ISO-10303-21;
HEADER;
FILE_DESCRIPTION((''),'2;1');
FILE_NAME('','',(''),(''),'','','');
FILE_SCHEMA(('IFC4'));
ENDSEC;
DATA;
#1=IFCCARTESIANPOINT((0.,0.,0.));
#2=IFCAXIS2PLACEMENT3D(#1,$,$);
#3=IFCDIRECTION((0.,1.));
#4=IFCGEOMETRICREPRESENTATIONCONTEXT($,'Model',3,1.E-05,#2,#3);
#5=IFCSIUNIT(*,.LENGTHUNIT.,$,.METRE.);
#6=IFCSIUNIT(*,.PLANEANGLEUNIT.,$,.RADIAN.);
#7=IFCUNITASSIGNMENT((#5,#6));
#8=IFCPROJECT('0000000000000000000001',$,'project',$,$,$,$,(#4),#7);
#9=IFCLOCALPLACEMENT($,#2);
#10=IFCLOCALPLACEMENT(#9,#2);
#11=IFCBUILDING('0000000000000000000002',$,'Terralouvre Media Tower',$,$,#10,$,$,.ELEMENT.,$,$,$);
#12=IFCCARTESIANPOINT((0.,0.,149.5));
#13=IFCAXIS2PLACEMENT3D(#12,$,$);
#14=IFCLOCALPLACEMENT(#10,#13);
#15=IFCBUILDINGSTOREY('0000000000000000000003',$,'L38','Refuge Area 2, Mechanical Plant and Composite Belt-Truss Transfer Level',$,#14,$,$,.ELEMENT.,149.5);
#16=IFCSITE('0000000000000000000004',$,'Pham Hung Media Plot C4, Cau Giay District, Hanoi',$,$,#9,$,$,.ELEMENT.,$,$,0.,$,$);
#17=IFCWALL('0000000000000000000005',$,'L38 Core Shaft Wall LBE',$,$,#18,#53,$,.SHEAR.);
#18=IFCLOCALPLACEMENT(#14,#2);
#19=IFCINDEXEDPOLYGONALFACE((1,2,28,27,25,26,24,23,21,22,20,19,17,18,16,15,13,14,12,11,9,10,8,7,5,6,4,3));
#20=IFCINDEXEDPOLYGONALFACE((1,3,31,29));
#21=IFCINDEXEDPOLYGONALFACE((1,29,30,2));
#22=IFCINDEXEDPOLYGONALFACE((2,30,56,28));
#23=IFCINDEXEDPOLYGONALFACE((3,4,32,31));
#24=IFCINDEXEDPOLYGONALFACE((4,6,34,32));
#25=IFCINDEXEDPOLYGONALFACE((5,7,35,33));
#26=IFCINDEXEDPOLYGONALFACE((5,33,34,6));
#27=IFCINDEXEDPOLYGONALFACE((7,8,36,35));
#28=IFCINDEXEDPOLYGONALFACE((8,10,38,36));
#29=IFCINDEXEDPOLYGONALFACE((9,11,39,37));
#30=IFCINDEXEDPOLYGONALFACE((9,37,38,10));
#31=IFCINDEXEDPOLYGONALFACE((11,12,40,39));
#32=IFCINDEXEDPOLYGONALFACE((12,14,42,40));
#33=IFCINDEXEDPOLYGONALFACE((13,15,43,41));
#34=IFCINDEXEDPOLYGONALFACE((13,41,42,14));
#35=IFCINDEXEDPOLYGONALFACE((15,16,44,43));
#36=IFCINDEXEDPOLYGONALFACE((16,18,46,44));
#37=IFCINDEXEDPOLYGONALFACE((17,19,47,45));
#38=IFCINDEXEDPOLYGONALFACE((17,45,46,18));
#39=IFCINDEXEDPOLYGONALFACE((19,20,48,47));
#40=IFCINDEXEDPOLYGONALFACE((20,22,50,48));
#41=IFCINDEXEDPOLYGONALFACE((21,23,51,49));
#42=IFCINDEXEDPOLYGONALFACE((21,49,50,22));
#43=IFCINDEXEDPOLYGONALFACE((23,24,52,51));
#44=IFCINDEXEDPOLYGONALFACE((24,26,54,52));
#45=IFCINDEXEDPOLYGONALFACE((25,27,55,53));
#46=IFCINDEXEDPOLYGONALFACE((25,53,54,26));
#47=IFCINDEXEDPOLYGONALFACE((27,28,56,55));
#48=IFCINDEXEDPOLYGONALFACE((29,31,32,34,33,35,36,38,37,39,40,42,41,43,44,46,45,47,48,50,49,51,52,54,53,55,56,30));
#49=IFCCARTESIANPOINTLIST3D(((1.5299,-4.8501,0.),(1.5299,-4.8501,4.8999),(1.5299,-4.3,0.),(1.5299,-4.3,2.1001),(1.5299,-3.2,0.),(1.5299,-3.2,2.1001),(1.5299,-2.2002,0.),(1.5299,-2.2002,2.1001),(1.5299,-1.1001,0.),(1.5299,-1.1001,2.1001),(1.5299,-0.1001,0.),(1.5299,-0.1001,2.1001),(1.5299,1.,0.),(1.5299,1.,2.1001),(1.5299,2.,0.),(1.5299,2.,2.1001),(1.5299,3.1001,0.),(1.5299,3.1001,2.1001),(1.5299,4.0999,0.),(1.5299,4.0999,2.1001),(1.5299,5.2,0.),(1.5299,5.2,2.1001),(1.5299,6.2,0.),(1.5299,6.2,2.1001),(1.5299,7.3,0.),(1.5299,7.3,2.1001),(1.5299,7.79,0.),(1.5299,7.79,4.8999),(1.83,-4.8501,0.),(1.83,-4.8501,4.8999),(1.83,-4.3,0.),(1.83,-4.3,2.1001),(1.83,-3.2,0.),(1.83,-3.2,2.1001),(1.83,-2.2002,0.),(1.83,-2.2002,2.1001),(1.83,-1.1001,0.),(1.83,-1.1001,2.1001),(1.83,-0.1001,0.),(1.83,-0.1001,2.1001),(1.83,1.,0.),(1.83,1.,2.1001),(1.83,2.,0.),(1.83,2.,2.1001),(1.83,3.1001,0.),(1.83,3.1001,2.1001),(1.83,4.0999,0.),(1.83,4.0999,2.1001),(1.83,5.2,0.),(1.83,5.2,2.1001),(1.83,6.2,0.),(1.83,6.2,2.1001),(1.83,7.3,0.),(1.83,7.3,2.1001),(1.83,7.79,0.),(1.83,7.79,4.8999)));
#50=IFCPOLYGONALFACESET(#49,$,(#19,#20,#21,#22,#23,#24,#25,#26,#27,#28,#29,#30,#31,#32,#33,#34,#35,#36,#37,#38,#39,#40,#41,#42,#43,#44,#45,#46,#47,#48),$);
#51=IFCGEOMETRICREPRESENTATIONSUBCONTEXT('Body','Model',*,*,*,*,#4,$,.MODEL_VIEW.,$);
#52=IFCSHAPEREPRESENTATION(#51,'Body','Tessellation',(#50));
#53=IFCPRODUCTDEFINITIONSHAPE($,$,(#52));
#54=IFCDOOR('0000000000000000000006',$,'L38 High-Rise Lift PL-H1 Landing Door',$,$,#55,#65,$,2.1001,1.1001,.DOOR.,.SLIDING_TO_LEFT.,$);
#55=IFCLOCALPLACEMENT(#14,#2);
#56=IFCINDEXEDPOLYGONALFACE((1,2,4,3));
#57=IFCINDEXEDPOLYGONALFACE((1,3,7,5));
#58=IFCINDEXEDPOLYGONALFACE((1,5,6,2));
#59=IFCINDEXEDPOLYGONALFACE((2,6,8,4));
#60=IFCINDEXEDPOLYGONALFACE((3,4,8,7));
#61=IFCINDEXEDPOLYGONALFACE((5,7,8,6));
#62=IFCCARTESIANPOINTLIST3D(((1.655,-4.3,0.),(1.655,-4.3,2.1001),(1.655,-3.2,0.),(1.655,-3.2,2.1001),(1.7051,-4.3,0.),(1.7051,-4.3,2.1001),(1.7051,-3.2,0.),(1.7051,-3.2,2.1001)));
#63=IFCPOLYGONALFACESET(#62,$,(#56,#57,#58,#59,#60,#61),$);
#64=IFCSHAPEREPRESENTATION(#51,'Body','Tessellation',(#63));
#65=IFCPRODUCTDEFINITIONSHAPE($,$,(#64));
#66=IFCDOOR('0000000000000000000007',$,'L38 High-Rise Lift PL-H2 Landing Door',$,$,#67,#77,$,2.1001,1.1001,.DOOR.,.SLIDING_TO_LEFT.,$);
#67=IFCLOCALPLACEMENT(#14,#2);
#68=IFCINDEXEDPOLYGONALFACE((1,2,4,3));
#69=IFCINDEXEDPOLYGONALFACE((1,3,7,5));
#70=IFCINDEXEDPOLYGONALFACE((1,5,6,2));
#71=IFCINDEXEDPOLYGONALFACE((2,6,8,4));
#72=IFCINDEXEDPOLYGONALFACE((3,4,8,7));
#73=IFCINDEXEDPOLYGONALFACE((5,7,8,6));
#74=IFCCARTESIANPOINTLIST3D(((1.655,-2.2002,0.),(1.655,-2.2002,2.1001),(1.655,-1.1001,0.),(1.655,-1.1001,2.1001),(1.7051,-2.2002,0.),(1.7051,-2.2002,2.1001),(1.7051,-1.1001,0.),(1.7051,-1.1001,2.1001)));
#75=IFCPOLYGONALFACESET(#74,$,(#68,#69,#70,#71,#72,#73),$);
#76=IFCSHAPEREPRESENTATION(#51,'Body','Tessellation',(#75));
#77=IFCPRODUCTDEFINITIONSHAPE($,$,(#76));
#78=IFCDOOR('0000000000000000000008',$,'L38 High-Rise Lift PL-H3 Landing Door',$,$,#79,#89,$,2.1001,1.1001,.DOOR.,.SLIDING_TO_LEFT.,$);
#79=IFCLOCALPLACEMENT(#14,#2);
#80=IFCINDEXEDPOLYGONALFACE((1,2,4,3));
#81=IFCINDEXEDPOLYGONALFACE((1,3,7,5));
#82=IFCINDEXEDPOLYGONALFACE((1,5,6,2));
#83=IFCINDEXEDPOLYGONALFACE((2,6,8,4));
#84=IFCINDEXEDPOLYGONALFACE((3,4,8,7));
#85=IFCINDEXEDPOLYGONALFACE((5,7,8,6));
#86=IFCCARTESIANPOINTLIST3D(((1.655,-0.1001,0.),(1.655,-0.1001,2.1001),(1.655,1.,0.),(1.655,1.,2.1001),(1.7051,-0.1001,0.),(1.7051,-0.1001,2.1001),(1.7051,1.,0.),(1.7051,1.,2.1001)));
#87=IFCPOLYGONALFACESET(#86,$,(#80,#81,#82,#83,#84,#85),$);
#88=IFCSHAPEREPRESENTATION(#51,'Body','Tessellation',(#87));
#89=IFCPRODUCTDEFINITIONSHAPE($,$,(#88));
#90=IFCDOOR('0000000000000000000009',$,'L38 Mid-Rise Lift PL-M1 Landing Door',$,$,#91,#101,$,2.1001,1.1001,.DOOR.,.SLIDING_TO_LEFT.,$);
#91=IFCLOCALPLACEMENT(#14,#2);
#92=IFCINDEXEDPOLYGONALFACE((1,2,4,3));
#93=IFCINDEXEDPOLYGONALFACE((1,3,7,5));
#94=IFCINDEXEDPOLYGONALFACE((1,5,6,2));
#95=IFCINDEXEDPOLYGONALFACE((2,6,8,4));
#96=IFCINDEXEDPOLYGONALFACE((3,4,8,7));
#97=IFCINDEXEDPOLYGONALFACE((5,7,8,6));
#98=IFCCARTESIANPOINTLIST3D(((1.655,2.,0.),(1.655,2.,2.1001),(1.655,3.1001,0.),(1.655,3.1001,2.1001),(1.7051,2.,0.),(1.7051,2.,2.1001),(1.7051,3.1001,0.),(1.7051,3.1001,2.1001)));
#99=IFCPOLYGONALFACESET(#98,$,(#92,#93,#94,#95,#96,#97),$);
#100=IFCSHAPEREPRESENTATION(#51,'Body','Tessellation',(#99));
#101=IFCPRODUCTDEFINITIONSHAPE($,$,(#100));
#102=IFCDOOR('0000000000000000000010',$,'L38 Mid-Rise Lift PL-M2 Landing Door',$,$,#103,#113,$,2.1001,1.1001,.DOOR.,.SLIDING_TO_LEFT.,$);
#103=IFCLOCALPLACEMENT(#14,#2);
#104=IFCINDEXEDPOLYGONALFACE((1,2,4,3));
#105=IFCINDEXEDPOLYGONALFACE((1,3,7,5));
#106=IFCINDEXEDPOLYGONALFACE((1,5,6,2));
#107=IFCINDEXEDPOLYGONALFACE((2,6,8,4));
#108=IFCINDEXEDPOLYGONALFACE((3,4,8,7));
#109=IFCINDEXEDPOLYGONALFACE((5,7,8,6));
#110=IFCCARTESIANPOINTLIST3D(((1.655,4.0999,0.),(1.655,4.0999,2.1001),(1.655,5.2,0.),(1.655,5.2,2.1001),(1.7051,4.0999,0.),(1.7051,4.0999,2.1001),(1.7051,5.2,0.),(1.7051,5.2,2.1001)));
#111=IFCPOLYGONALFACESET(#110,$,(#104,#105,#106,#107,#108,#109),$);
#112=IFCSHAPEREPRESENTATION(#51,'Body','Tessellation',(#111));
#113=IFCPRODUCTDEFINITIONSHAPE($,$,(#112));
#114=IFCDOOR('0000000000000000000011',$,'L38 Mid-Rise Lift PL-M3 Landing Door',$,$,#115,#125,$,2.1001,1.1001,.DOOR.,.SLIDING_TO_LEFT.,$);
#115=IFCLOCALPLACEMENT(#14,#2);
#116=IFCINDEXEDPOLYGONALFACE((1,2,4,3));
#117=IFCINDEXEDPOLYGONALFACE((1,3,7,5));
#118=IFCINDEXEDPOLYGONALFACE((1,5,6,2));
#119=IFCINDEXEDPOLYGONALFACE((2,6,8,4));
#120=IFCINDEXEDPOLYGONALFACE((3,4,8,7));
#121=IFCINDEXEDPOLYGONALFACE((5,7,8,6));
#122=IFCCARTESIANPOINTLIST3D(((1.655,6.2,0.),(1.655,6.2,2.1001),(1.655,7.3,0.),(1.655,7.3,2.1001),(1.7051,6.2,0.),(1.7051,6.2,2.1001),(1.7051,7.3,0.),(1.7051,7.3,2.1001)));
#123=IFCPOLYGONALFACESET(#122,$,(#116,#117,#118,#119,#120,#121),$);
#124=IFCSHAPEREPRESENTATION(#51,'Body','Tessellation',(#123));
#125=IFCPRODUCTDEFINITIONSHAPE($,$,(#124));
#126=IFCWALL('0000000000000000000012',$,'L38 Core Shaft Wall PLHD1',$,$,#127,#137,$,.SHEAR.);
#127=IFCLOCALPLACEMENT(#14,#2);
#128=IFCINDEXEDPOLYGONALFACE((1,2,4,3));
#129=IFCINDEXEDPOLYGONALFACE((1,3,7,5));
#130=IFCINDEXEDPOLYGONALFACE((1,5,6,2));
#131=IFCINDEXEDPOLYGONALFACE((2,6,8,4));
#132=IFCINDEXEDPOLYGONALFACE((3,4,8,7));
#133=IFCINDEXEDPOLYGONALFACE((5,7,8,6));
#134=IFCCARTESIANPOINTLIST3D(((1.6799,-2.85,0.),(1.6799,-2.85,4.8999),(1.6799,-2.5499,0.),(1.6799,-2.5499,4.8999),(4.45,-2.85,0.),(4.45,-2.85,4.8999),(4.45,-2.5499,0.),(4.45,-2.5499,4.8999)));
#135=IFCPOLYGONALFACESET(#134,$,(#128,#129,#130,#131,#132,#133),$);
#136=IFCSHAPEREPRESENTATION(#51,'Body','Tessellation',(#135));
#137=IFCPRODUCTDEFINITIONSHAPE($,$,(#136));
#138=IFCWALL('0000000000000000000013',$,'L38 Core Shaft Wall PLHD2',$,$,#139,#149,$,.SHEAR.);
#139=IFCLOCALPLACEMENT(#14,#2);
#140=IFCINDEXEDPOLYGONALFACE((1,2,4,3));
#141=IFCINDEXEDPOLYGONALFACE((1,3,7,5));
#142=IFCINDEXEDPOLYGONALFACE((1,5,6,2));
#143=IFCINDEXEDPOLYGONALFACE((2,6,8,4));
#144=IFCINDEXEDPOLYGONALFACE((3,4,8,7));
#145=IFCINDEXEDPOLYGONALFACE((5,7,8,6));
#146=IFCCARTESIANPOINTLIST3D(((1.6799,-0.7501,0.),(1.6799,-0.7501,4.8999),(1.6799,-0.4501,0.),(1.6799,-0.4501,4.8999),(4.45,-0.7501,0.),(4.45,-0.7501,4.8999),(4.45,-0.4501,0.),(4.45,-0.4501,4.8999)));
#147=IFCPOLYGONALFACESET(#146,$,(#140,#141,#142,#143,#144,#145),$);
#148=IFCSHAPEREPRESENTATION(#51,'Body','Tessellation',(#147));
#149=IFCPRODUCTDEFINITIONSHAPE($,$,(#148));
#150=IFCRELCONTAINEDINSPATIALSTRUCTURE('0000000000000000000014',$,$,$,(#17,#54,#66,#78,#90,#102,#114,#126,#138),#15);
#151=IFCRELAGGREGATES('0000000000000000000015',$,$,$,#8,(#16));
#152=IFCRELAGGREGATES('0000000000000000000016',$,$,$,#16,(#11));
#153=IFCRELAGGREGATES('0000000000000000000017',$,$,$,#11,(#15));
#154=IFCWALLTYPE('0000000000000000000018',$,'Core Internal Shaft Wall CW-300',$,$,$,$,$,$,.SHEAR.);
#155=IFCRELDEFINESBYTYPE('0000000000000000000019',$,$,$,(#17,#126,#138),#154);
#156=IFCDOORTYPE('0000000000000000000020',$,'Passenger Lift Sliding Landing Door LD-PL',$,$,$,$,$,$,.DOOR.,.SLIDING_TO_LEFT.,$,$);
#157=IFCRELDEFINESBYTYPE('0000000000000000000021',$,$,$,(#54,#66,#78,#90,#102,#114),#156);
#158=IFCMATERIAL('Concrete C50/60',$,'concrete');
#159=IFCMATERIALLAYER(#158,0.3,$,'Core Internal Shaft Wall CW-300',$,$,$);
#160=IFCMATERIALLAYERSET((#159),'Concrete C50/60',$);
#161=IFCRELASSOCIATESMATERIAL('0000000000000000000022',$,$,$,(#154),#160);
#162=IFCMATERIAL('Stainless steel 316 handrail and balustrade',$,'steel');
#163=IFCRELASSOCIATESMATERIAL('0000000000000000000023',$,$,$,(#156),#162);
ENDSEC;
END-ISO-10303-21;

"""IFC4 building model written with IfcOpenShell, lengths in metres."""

from ifc_helpers import new_model, si_unit, direction, frame, frame_2d, origin, place, context, subcontext, project, spatial, rectangle, extrude, material, layer, layer_set, type_object, element, fill, save


model = new_model("IFC4")

# Units and contexts
model_context = context("Model", 3, precision=1e-05, world=origin(), true_north=direction((0.0, 1.0)))
body_context = subcontext(model_context, "Body", "Model", "MODEL_VIEW")
ifc_project = project(units=[si_unit("LENGTHUNIT", "METRE"), si_unit("PLANEANGLEUNIT", "RADIAN")], contexts=[model_context])

# Site, building, storey
site_placement = place(None, origin())
site = spatial("IfcSite", under=ifc_project, at=site_placement, Name="Pham Hung Media Plot C4, Cau Giay District, Hanoi", CompositionType="ELEMENT", RefElevation=0.0)
building_placement = place(site_placement, origin())
building = spatial("IfcBuilding", under=site, at=building_placement, Name="Terralouvre Media Tower", CompositionType="ELEMENT")
storey_placement = place(building_placement, frame((0.0, 0.0, 149.5)))
storey = spatial("IfcBuildingStorey", under=building, at=storey_placement, Name="L38", Description="Refuge Area 2, Mechanical Plant and Composite Belt-Truss Transfer Level", CompositionType="ELEMENT", Elevation=149.5)

# Shared definitions
ifc_material_1 = material(Name="Concrete C50/60", Category="concrete")
ifc_layer_1 = layer(ifc_material_1, 0.3, Name="Core Internal Shaft Wall CW-300")
ifc_layer_set_1 = layer_set([ifc_layer_1], Name="Concrete C50/60")
wall_type = type_object("IfcWallType", Name="Core Internal Shaft Wall CW-300", PredefinedType="SHEAR", material=ifc_layer_set_1)

# Wall, openings, doors
wall_1_placement = place(storey_placement, frame((1.6799, -4.8501, 0.0), z_axis=(0.0, 0.0, 1.0), x_axis=(0.0, 1.0, 0.0)))
wall_1 = element("IfcWall", 1, at=wall_1_placement, inside=storey, type_object=wall_type, Name="L38 Core Shaft Wall LBE", PredefinedType="SHEAR", context=body_context, shape_type="SweptSolid", body=[
    extrude(rectangle(XDim=12.6401, YDim=0.3, at=frame_2d((6.3201, 0.0))), origin(), (0.0, 0.0, 1.0), 4.8999),
])
opening_1_placement = place(wall_1_placement, frame((0.55, 0.0, 0.0)))
opening_1 = element("IfcOpeningElement", 2, at=opening_1_placement, cuts=wall_1, PredefinedType="OPENING", context=body_context, shape_type="SweptSolid", body=[
    extrude(rectangle(XDim=1.1001, YDim=2.1001, at=frame_2d((0.55, 1.05))), frame((0.0, 0.1599, 0.0), z_axis=(0.0, -1.0, 0.0), x_axis=(1.0, 0.0, 0.0)), (0.0, 0.0, 1.0), 0.3201),
])
opening_2_placement = place(wall_1_placement, frame((2.6499, 0.0, 0.0)))
opening_2 = element("IfcOpeningElement", 3, at=opening_2_placement, cuts=wall_1, PredefinedType="OPENING", context=body_context, shape_type="SweptSolid", body=[
    extrude(rectangle(XDim=1.1001, YDim=2.1001, at=frame_2d((0.55, 1.05))), frame((0.0, 0.1599, 0.0), z_axis=(0.0, -1.0, 0.0), x_axis=(1.0, 0.0, 0.0)), (0.0, 0.0, 1.0), 0.3201),
])
opening_3_placement = place(wall_1_placement, frame((4.75, 0.0, 0.0)))
opening_3 = element("IfcOpeningElement", 4, at=opening_3_placement, cuts=wall_1, PredefinedType="OPENING", context=body_context, shape_type="SweptSolid", body=[
    extrude(rectangle(XDim=1.1001, YDim=2.1001, at=frame_2d((0.55, 1.05))), frame((0.0, 0.1599, 0.0), z_axis=(0.0, -1.0, 0.0), x_axis=(1.0, 0.0, 0.0)), (0.0, 0.0, 1.0), 0.3201),
])
opening_4_placement = place(wall_1_placement, frame((6.8501, 0.0, 0.0)))
opening_4 = element("IfcOpeningElement", 5, at=opening_4_placement, cuts=wall_1, PredefinedType="OPENING", context=body_context, shape_type="SweptSolid", body=[
    extrude(rectangle(XDim=1.1001, YDim=2.1001, at=frame_2d((0.55, 1.05))), frame((0.0, 0.1599, 0.0), z_axis=(0.0, -1.0, 0.0), x_axis=(1.0, 0.0, 0.0)), (0.0, 0.0, 1.0), 0.3201),
])
opening_5_placement = place(wall_1_placement, frame((8.95, 0.0, 0.0)))
opening_5 = element("IfcOpeningElement", 6, at=opening_5_placement, cuts=wall_1, PredefinedType="OPENING", context=body_context, shape_type="SweptSolid", body=[
    extrude(rectangle(XDim=1.1001, YDim=2.1001, at=frame_2d((0.55, 1.05))), frame((0.0, 0.1599, 0.0), z_axis=(0.0, -1.0, 0.0), x_axis=(1.0, 0.0, 0.0)), (0.0, 0.0, 1.0), 0.3201),
])
opening_6_placement = place(wall_1_placement, frame((11.05, 0.0, 0.0)))
opening_6 = element("IfcOpeningElement", 7, at=opening_6_placement, cuts=wall_1, PredefinedType="OPENING", context=body_context, shape_type="SweptSolid", body=[
    extrude(rectangle(XDim=1.1001, YDim=2.1001, at=frame_2d((0.55, 1.05))), frame((0.0, 0.1599, 0.0), z_axis=(0.0, -1.0, 0.0), x_axis=(1.0, 0.0, 0.0)), (0.0, 0.0, 1.0), 0.3201),
])
ifc_material_2 = material(Name="Stainless steel 316 handrail and balustrade", Category="steel")
door_type_1 = type_object("IfcDoorType", Name="Passenger Lift Sliding Landing Door LD-PL", OperationType="SLIDING_TO_LEFT", PredefinedType="DOOR", material=ifc_material_2)
door_1_placement = place(opening_1_placement, origin())
door_1 = element("IfcDoor", 8, at=door_1_placement, inside=storey, type_object=door_type_1, Name="L38 High-Rise Lift PL-H1 Landing Door", OperationType="SLIDING_TO_LEFT", OverallHeight=2.1001, OverallWidth=1.1001, PredefinedType="DOOR", context=body_context, shape_type="SweptSolid", body=[
    extrude(rectangle(XDim=1.1001, YDim=2.1001, at=frame_2d((0.55, 1.05))), frame((0.0, 0.0249, 0.0), z_axis=(0.0, -1.0, 0.0), x_axis=(1.0, 0.0, 0.0)), (0.0, 0.0, 1.0), 0.05),
])
fill(opening_1, door_1)
door_2_placement = place(opening_2_placement, origin())
door_2 = element("IfcDoor", 9, at=door_2_placement, inside=storey, type_object=door_type_1, Name="L38 High-Rise Lift PL-H2 Landing Door", OperationType="SLIDING_TO_LEFT", OverallHeight=2.1001, OverallWidth=1.1001, PredefinedType="DOOR", context=body_context, shape_type="SweptSolid", body=[
    extrude(rectangle(XDim=1.1001, YDim=2.1001, at=frame_2d((0.55, 1.05))), frame((0.0, 0.0249, 0.0), z_axis=(0.0, -1.0, 0.0), x_axis=(1.0, 0.0, 0.0)), (0.0, 0.0, 1.0), 0.05),
])
fill(opening_2, door_2)
door_3_placement = place(opening_3_placement, origin())
door_3 = element("IfcDoor", 10, at=door_3_placement, inside=storey, type_object=door_type_1, Name="L38 High-Rise Lift PL-H3 Landing Door", OperationType="SLIDING_TO_LEFT", OverallHeight=2.1001, OverallWidth=1.1001, PredefinedType="DOOR", context=body_context, shape_type="SweptSolid", body=[
    extrude(rectangle(XDim=1.1001, YDim=2.1001, at=frame_2d((0.55, 1.05))), frame((0.0, 0.0249, 0.0), z_axis=(0.0, -1.0, 0.0), x_axis=(1.0, 0.0, 0.0)), (0.0, 0.0, 1.0), 0.05),
])
fill(opening_3, door_3)
door_4_placement = place(opening_4_placement, origin())
door_4 = element("IfcDoor", 11, at=door_4_placement, inside=storey, type_object=door_type_1, Name="L38 Mid-Rise Lift PL-M1 Landing Door", OperationType="SLIDING_TO_LEFT", OverallHeight=2.1001, OverallWidth=1.1001, PredefinedType="DOOR", context=body_context, shape_type="SweptSolid", body=[
    extrude(rectangle(XDim=1.1001, YDim=2.1001, at=frame_2d((0.55, 1.05))), frame((0.0, 0.0249, 0.0), z_axis=(0.0, -1.0, 0.0), x_axis=(1.0, 0.0, 0.0)), (0.0, 0.0, 1.0), 0.05),
])
fill(opening_4, door_4)
door_5_placement = place(opening_5_placement, origin())
door_5 = element("IfcDoor", 12, at=door_5_placement, inside=storey, type_object=door_type_1, Name="L38 Mid-Rise Lift PL-M2 Landing Door", OperationType="SLIDING_TO_LEFT", OverallHeight=2.1001, OverallWidth=1.1001, PredefinedType="DOOR", context=body_context, shape_type="SweptSolid", body=[
    extrude(rectangle(XDim=1.1001, YDim=2.1001, at=frame_2d((0.55, 1.05))), frame((0.0, 0.0249, 0.0), z_axis=(0.0, -1.0, 0.0), x_axis=(1.0, 0.0, 0.0)), (0.0, 0.0, 1.0), 0.05),
])
fill(opening_5, door_5)
door_6_placement = place(opening_6_placement, origin())
door_6 = element("IfcDoor", 13, at=door_6_placement, inside=storey, type_object=door_type_1, Name="L38 Mid-Rise Lift PL-M3 Landing Door", OperationType="SLIDING_TO_LEFT", OverallHeight=2.1001, OverallWidth=1.1001, PredefinedType="DOOR", context=body_context, shape_type="SweptSolid", body=[
    extrude(rectangle(XDim=1.1001, YDim=2.1001, at=frame_2d((0.55, 1.05))), frame((0.0, 0.0249, 0.0), z_axis=(0.0, -1.0, 0.0), x_axis=(1.0, 0.0, 0.0)), (0.0, 0.0, 1.0), 0.05),
])
fill(opening_6, door_6)

# Walls
for number, where, z_axis, x_axis, name in (
    (14, (1.6799, -2.7, 0.0), (0.0, 0.0, 1.0), (1.0, 0.0, 0.0), "L38 Core Shaft Wall PLHD1"),
    (15, (1.6799, -0.6001, 0.0), (0.0, 0.0, 1.0), (1.0, 0.0, 0.0), "L38 Core Shaft Wall PLHD2"),
):
    element("IfcWall", number, at=place(storey_placement, frame(where, z_axis=z_axis, x_axis=x_axis)), inside=storey, type_object=wall_type, Name=name, PredefinedType="SHEAR", context=body_context, shape_type="SweptSolid", body=[
        extrude(rectangle(XDim=2.77, YDim=0.3, at=frame_2d((1.385, 0.0))), origin(), (0.0, 0.0, 1.0), 4.8999),
    ])

save(model, "model.ifc")
